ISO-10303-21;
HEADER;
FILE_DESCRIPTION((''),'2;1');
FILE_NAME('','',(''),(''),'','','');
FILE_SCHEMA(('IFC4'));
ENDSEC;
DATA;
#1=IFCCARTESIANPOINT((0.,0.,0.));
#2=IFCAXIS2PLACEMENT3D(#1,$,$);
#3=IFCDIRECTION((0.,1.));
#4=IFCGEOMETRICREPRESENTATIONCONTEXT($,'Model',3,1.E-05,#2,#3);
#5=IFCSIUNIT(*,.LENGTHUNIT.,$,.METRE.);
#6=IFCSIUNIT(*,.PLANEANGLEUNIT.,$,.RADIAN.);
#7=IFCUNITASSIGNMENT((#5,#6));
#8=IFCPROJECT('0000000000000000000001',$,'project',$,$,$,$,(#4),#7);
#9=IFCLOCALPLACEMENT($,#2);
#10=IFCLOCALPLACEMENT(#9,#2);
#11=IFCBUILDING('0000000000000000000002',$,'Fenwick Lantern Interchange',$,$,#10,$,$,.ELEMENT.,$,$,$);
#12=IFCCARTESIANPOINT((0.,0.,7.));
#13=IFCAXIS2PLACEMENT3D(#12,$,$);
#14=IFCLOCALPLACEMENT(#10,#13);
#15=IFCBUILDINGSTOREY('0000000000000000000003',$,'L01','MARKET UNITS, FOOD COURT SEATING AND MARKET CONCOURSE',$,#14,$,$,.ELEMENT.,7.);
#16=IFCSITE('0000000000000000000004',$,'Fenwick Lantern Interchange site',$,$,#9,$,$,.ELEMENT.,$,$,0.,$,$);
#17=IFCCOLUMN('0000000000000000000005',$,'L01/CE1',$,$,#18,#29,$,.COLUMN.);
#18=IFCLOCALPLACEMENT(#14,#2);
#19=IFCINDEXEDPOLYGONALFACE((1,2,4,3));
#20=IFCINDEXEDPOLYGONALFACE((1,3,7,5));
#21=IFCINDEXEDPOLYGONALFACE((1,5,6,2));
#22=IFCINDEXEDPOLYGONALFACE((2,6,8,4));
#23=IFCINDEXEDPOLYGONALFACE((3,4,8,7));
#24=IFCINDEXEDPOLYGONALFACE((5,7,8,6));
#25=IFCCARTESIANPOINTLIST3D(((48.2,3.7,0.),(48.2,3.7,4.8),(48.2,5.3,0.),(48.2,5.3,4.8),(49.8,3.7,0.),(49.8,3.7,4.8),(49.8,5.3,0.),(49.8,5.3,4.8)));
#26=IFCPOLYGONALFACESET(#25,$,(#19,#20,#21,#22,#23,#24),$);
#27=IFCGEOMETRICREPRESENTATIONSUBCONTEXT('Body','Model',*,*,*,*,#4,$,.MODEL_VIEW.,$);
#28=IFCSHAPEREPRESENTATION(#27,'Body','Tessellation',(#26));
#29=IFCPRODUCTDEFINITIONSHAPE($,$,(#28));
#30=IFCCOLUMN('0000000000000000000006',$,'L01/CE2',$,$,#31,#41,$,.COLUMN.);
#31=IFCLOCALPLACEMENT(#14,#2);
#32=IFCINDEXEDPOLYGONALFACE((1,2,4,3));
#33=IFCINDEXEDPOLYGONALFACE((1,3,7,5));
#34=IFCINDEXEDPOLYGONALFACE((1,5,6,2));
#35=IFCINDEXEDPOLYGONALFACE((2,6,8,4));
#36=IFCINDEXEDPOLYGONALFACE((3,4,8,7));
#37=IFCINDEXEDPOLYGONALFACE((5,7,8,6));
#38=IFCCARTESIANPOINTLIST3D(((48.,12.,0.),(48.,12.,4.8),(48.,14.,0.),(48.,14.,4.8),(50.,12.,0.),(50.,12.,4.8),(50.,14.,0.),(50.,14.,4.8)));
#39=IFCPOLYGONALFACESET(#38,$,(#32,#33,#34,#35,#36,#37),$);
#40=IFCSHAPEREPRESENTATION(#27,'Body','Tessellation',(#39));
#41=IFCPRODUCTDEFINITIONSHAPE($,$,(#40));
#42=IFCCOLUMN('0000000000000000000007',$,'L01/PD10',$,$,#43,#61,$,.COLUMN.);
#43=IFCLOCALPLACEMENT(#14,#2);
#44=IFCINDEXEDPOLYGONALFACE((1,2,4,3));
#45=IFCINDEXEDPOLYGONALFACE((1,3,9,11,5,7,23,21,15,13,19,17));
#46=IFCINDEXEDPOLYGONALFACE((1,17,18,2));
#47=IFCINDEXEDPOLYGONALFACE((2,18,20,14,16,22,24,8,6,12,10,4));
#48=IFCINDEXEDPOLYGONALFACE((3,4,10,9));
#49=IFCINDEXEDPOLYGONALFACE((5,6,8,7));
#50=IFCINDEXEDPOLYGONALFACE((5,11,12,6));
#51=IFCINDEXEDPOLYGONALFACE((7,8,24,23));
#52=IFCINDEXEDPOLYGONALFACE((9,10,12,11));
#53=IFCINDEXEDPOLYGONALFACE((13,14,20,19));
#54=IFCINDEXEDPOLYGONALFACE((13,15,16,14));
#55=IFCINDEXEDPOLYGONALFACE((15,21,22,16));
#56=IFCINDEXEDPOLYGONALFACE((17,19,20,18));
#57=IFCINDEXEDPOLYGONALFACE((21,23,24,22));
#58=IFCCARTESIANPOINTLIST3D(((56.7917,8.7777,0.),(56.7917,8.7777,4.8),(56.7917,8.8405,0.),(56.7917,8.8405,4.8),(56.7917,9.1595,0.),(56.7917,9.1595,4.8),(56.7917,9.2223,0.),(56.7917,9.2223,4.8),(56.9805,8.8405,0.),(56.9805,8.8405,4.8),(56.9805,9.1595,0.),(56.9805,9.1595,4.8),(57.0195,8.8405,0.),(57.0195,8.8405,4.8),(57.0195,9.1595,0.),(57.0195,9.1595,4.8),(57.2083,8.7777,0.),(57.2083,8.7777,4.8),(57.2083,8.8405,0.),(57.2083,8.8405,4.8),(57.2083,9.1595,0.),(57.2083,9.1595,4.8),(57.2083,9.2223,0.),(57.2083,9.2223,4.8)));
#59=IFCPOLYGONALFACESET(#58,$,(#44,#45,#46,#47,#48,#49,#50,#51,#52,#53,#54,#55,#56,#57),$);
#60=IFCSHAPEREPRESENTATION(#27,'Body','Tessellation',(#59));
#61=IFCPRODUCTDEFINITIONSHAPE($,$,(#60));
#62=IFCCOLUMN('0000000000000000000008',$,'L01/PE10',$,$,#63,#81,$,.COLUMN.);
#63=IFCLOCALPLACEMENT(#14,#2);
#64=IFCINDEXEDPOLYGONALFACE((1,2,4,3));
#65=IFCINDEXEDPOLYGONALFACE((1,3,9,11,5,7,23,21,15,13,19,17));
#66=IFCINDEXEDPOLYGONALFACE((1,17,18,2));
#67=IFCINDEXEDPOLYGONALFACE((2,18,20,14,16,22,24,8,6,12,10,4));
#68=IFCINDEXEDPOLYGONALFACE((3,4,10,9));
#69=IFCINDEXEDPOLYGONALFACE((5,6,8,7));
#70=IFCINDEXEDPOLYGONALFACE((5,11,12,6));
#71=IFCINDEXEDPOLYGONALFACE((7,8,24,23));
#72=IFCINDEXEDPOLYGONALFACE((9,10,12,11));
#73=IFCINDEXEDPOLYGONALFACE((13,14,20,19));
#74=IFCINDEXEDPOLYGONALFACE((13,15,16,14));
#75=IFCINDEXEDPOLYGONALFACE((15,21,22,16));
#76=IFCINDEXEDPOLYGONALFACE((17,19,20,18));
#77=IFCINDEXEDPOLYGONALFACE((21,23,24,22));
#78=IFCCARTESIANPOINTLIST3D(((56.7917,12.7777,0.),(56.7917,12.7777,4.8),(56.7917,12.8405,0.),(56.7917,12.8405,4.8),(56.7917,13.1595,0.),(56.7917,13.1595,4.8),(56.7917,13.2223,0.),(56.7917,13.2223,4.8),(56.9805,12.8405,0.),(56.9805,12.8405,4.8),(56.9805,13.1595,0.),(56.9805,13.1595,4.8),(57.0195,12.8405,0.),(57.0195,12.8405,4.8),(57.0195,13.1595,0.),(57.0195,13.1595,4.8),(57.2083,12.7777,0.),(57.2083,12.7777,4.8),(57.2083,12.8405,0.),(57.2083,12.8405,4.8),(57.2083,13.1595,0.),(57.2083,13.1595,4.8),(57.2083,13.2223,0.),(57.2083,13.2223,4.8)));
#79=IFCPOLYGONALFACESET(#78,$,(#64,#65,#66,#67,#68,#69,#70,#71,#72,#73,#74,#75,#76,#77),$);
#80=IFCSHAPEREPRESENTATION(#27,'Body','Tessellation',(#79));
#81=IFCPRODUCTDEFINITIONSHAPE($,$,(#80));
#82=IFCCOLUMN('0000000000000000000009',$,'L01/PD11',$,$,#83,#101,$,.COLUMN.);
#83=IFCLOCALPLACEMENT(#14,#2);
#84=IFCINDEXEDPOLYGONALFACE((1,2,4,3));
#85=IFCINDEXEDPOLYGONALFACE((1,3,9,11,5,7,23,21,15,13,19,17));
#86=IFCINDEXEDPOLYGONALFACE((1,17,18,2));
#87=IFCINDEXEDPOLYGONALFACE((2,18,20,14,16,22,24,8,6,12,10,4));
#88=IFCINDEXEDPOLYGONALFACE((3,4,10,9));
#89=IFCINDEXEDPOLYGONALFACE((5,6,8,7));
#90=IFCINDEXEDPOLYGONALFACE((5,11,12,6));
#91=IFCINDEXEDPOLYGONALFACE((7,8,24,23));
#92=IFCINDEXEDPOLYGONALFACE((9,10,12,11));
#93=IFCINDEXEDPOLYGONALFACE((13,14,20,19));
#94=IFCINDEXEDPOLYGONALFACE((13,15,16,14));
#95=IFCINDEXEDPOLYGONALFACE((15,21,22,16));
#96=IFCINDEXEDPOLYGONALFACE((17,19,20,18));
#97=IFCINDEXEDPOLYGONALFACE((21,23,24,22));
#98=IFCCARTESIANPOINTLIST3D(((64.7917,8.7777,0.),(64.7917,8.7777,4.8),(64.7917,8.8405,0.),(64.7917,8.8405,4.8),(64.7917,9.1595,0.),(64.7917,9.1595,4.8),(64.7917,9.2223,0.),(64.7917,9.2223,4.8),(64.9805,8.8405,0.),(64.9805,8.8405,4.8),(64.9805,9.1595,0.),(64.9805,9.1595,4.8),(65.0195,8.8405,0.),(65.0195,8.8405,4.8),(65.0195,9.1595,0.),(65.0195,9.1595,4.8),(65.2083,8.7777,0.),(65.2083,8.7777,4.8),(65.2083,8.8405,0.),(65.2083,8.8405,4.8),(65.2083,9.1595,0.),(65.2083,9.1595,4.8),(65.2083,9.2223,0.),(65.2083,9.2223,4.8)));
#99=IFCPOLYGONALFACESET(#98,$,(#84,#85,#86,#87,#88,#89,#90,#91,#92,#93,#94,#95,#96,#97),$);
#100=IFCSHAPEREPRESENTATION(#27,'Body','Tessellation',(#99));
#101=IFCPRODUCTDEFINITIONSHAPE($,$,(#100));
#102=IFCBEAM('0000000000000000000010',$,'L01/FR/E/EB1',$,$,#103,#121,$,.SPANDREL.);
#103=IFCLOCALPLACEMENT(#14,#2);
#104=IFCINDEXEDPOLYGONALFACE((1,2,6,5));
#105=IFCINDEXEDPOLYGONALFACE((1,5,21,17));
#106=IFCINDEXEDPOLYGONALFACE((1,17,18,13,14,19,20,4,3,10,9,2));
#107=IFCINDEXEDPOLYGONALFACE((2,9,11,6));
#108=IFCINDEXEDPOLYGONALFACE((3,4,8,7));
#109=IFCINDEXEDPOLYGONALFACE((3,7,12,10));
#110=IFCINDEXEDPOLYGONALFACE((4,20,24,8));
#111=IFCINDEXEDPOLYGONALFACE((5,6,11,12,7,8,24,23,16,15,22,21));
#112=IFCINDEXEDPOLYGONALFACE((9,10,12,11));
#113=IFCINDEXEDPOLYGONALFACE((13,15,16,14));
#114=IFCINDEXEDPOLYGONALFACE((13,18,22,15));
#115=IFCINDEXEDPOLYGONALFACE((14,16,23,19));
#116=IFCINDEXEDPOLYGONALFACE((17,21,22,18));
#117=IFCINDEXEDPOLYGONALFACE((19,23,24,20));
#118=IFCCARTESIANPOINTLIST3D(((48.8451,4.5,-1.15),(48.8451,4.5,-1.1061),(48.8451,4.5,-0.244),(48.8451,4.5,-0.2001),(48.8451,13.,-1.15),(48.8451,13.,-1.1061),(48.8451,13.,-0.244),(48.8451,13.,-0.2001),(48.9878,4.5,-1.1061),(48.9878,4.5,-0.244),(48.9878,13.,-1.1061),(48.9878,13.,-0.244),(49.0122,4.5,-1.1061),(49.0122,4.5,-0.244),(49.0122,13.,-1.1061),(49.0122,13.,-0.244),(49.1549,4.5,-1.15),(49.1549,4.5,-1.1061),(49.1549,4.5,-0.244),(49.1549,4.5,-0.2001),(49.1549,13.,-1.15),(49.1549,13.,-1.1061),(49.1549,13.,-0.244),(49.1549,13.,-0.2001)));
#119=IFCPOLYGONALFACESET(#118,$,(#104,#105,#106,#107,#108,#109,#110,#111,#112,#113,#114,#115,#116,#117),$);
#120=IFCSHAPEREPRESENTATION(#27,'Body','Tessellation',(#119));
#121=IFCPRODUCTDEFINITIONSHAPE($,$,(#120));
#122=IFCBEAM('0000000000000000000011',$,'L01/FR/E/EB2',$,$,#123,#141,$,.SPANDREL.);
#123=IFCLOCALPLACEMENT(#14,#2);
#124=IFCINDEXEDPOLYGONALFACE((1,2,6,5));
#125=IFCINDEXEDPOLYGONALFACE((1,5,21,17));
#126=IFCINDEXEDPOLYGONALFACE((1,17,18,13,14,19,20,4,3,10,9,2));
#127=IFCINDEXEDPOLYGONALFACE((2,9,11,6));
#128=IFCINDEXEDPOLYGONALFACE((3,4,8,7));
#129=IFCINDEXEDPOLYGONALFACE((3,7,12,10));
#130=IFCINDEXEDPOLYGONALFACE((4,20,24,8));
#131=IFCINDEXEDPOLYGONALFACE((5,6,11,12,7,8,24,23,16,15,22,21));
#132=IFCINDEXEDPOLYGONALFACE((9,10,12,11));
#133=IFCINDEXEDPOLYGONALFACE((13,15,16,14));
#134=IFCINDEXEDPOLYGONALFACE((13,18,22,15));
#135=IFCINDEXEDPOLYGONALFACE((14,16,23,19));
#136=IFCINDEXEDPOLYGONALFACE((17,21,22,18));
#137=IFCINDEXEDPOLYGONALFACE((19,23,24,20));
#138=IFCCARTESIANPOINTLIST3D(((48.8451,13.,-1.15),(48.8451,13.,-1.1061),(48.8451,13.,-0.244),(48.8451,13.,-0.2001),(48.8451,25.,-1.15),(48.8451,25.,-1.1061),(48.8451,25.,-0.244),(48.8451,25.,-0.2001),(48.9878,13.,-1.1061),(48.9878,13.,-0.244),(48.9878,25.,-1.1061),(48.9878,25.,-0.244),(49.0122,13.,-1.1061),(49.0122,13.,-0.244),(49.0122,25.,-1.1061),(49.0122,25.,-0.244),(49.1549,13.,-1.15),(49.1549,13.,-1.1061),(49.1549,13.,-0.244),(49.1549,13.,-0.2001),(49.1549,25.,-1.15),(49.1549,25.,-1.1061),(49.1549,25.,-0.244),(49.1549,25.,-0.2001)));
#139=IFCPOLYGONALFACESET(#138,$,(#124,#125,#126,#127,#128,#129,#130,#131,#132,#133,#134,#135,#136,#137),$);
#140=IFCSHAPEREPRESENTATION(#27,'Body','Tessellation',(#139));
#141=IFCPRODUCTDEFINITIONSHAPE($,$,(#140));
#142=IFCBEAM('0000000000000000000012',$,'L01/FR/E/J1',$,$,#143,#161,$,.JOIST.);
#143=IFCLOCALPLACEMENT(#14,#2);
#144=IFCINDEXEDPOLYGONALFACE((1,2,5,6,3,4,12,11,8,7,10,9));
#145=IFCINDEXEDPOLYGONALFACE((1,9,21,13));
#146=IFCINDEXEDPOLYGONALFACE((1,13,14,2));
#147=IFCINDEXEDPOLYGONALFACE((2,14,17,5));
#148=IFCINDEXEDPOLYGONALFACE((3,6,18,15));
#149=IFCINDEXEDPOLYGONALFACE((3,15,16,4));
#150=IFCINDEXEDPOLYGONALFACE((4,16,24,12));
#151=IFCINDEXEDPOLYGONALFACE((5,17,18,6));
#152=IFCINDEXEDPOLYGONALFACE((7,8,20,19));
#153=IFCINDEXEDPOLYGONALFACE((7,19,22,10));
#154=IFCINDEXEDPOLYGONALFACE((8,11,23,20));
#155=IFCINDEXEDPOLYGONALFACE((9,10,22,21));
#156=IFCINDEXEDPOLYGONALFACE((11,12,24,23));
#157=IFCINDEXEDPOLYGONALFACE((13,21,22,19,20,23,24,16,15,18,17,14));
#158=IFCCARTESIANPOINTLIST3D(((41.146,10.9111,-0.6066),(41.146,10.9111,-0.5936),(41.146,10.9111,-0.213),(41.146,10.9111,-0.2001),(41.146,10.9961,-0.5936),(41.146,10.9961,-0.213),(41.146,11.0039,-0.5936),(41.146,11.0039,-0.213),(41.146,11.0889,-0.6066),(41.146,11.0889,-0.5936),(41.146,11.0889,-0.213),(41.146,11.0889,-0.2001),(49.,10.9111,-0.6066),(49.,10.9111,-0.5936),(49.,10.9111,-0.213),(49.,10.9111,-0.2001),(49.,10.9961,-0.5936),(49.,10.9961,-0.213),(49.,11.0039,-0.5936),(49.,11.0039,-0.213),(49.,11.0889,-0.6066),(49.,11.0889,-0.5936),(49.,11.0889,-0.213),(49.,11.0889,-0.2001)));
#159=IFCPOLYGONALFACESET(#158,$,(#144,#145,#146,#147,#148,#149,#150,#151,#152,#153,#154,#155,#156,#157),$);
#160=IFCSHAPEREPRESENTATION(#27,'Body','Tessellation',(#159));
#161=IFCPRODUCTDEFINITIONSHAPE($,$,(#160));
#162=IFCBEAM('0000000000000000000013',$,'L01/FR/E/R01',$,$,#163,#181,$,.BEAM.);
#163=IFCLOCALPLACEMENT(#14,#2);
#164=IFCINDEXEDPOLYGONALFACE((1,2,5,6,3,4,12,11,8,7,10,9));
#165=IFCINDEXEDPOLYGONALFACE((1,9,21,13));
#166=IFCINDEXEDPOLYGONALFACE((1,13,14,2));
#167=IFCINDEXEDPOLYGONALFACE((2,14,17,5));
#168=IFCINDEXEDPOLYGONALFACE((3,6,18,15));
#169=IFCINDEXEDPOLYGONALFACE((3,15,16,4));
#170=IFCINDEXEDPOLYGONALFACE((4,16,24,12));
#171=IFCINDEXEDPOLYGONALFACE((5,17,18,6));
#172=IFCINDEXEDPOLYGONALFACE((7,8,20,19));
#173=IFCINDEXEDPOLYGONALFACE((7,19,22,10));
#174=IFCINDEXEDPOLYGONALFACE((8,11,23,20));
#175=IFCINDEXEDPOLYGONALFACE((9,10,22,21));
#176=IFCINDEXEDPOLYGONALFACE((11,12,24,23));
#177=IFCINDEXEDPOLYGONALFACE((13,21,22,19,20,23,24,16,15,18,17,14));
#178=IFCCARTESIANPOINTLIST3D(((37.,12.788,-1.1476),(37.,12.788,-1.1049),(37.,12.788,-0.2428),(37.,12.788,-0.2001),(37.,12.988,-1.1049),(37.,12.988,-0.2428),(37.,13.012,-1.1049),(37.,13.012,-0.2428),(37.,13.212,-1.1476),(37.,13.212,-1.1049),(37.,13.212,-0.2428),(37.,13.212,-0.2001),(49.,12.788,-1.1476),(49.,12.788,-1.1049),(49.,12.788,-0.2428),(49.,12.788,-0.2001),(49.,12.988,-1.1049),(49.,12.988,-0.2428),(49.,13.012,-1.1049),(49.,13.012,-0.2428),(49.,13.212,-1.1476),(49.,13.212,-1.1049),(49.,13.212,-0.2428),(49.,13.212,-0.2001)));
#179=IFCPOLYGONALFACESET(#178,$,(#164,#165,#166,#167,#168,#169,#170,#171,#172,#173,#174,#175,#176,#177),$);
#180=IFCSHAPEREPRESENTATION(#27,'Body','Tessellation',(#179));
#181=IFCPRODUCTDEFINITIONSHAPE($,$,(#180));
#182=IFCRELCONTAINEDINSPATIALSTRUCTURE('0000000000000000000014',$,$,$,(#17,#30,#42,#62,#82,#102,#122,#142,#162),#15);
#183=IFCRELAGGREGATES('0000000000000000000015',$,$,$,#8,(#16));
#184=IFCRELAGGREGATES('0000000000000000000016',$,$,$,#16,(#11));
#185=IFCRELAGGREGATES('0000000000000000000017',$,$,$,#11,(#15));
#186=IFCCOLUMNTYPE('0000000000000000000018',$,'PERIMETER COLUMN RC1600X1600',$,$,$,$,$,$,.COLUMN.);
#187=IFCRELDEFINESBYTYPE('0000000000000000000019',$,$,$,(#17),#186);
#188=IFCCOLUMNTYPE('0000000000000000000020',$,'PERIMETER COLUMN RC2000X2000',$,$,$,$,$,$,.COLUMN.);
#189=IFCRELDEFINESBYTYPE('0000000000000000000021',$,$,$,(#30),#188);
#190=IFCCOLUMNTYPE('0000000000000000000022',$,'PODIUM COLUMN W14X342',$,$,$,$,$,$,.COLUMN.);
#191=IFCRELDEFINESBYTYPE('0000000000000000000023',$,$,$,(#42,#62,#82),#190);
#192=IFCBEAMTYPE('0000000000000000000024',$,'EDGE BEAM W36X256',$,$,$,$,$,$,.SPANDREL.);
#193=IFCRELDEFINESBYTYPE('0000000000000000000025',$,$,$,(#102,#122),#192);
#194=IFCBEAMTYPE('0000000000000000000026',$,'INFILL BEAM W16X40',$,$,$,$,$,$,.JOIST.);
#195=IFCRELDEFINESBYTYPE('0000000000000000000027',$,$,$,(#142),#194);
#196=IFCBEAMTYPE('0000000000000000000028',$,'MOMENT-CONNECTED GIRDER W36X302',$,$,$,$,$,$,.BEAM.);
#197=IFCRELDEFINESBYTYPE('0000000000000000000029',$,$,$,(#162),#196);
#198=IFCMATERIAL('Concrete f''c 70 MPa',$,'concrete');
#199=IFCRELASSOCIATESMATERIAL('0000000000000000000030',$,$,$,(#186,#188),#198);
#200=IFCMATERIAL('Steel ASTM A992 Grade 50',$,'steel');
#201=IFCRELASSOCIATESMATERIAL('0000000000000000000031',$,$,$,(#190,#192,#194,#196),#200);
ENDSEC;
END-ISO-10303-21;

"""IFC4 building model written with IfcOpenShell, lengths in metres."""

from ifc_helpers import new_model, si_unit, direction, frame, origin, origin_2d, place, context, subcontext, project, spatial, rectangle, i_section, extrude, material, material_profile, profile_set, type_object, element, save


model = new_model("IFC4")

# Units and contexts
model_context = context("Model", 3, precision=1e-05, world=origin(), true_north=direction((0.0, 1.0)))
body_context = subcontext(model_context, "Body", "Model", "MODEL_VIEW")
ifc_project = project(units=[si_unit("LENGTHUNIT", "METRE"), si_unit("PLANEANGLEUNIT", "RADIAN")], contexts=[model_context])

# Site, building, storey
site_placement = place(None, origin())
site = spatial("IfcSite", under=ifc_project, at=site_placement, Name="Fenwick Lantern Interchange site", CompositionType="ELEMENT", RefElevation=0.0)
building_placement = place(site_placement, origin())
building = spatial("IfcBuilding", under=site, at=building_placement, Name="Fenwick Lantern Interchange", CompositionType="ELEMENT")
storey_placement = place(building_placement, frame((0.0, 0.0, 7.0)))
storey = spatial("IfcBuildingStorey", under=building, at=storey_placement, Name="L01", Description="MARKET UNITS, FOOD COURT SEATING AND MARKET CONCOURSE", CompositionType="ELEMENT", Elevation=7.0)

# Columns
ifc_material_1 = material(Name="Concrete f'c 70 MPa", Category="concrete")
ifc_material_profile_1 = material_profile(ifc_material_1, rectangle(XDim=1.6001, YDim=1.6001, at=origin_2d()), Name="RC1600X1600")
ifc_profile_set_1 = profile_set([ifc_material_profile_1], Name="Concrete f'c 70 MPa")
column_type_1 = type_object("IfcColumnType", Name="PERIMETER COLUMN RC1600X1600", PredefinedType="COLUMN", material=ifc_profile_set_1)
column_1_placement = place(storey_placement, frame((49.0, 4.5, 0.0), z_axis=(0.0, 0.0, 1.0), x_axis=(1.0, 0.0, 0.0)))
element("IfcColumn", 1, at=column_1_placement, inside=storey, type_object=column_type_1, Name="L01/CE1", PredefinedType="COLUMN", context=body_context, shape_type="SweptSolid", body=[
    extrude(rectangle(XDim=1.6001, YDim=1.6001, at=origin_2d()), origin(), (0.0, 0.0, 1.0), 4.8),
])
ifc_material_profile_2 = material_profile(ifc_material_1, rectangle(XDim=2.0, YDim=2.0, at=origin_2d()), Name="RC2000X2000")
ifc_profile_set_2 = profile_set([ifc_material_profile_2], Name="Concrete f'c 70 MPa")
column_type_2 = type_object("IfcColumnType", Name="PERIMETER COLUMN RC2000X2000", PredefinedType="COLUMN", material=ifc_profile_set_2)
column_2_placement = place(storey_placement, frame((49.0, 13.0, 0.0), z_axis=(0.0, 0.0, 1.0), x_axis=(1.0, 0.0, 0.0)))
element("IfcColumn", 2, at=column_2_placement, inside=storey, type_object=column_type_2, Name="L01/CE2", PredefinedType="COLUMN", context=body_context, shape_type="SweptSolid", body=[
    extrude(rectangle(XDim=2.0, YDim=2.0, at=origin_2d()), origin(), (0.0, 0.0, 1.0), 4.8),
])
ifc_material_2 = material(Name="Steel ASTM A992 Grade 50", Category="steel")
ifc_material_profile_3 = material_profile(ifc_material_2, i_section(OverallWidth=0.4165, OverallDepth=0.4446, WebThickness=0.0391, FlangeThickness=0.0627, at=origin_2d()), Name="W14X342")
ifc_profile_set_3 = profile_set([ifc_material_profile_3], Name="Steel ASTM A992 Grade 50")
column_type_3 = type_object("IfcColumnType", Name="PODIUM COLUMN W14X342", PredefinedType="COLUMN", material=ifc_profile_set_3)
for number, where, z_axis, x_axis, name in (
    (3, (57.0, 9.0, 0.0), (0.0, 0.0, 1.0), (1.0, 0.0, 0.0), "L01/PD10"),
    (4, (57.0, 13.0, 0.0), (0.0, 0.0, 1.0), (1.0, 0.0, 0.0), "L01/PE10"),
    (5, (65.0, 9.0, 0.0), (0.0, 0.0, 1.0), (1.0, 0.0, 0.0), "L01/PD11"),
):
    element("IfcColumn", number, at=place(storey_placement, frame(where, z_axis=z_axis, x_axis=x_axis)), inside=storey, type_object=column_type_3, Name=name, PredefinedType="COLUMN", context=body_context, shape_type="SweptSolid", body=[
        extrude(i_section(OverallWidth=0.4165, OverallDepth=0.4446, WebThickness=0.0391, FlangeThickness=0.0627, at=origin_2d()), origin(), (0.0, 0.0, 1.0), 4.8),
    ])

# Beams
ifc_material_profile_4 = material_profile(ifc_material_2, i_section(OverallWidth=0.3098, OverallDepth=0.95, WebThickness=0.0244, FlangeThickness=0.0439, at=origin_2d()), Name="W36X256")
ifc_profile_set_4 = profile_set([ifc_material_profile_4], Name="Steel ASTM A992 Grade 50")
beam_type_1 = type_object("IfcBeamType", Name="EDGE BEAM W36X256", PredefinedType="SPANDREL", material=ifc_profile_set_4)
beam_1_placement = place(storey_placement, frame((49.0, 4.5, -0.675), z_axis=(0.0, 1.0, 0.0), x_axis=(-1.0, 0.0, 0.0)))
element("IfcBeam", 6, at=beam_1_placement, inside=storey, type_object=beam_type_1, Name="L01/FR/E/EB1", PredefinedType="SPANDREL", context=body_context, shape_type="SweptSolid", body=[
    extrude(i_section(OverallWidth=0.3098, OverallDepth=0.95, WebThickness=0.0244, FlangeThickness=0.0439, at=origin_2d()), origin(), (0.0, 0.0, 1.0), 8.5),
])
beam_2_placement = place(storey_placement, frame((49.0, 13.0, -0.675), z_axis=(0.0, 1.0, 0.0), x_axis=(-1.0, 0.0, 0.0)))
element("IfcBeam", 7, at=beam_2_placement, inside=storey, type_object=beam_type_1, Name="L01/FR/E/EB2", PredefinedType="SPANDREL", context=body_context, shape_type="SweptSolid", body=[
    extrude(i_section(OverallWidth=0.3098, OverallDepth=0.95, WebThickness=0.0244, FlangeThickness=0.0439, at=origin_2d()), origin(), (0.0, 0.0, 1.0), 12.0),
])
ifc_material_profile_5 = material_profile(ifc_material_2, i_section(OverallWidth=0.1777, OverallDepth=0.4065, WebThickness=0.0078, FlangeThickness=0.0129, at=origin_2d()), Name="W16X40")
ifc_profile_set_5 = profile_set([ifc_material_profile_5], Name="Steel ASTM A992 Grade 50")
beam_type_2 = type_object("IfcBeamType", Name="INFILL BEAM W16X40", PredefinedType="JOIST", material=ifc_profile_set_5)
beam_3_placement = place(storey_placement, frame((49.0, 11.0, -0.4033), z_axis=(-1.0, 0.0, 0.0), x_axis=(0.0, -1.0, 0.0)))
element("IfcBeam", 8, at=beam_3_placement, inside=storey, type_object=beam_type_2, Name="L01/FR/E/J1", PredefinedType="JOIST", context=body_context, shape_type="SweptSolid", body=[
    extrude(i_section(OverallWidth=0.1777, OverallDepth=0.4065, WebThickness=0.0078, FlangeThickness=0.0129, at=origin_2d()), origin(), (0.0, 0.0, 1.0), 7.854),
])
ifc_material_profile_6 = material_profile(ifc_material_2, i_section(OverallWidth=0.4241, OverallDepth=0.9475, WebThickness=0.0239, FlangeThickness=0.0427, at=origin_2d()), Name="W36X302")
ifc_profile_set_6 = profile_set([ifc_material_profile_6], Name="Steel ASTM A992 Grade 50")
beam_type_3 = type_object("IfcBeamType", Name="MOMENT-CONNECTED GIRDER W36X302", PredefinedType="BEAM", material=ifc_profile_set_6)
beam_4_placement = place(storey_placement, frame((49.0, 13.0, -0.6738), z_axis=(-1.0, 0.0, 0.0), x_axis=(0.0, -1.0, 0.0)))
element("IfcBeam", 9, at=beam_4_placement, inside=storey, type_object=beam_type_3, Name="L01/FR/E/R01", PredefinedType="BEAM", context=body_context, shape_type="SweptSolid", body=[
    extrude(i_section(OverallWidth=0.4241, OverallDepth=0.9475, WebThickness=0.0239, FlangeThickness=0.0427, at=origin_2d()), origin(), (0.0, 0.0, 1.0), 12.0),
])

save(model, "model.ifc")
